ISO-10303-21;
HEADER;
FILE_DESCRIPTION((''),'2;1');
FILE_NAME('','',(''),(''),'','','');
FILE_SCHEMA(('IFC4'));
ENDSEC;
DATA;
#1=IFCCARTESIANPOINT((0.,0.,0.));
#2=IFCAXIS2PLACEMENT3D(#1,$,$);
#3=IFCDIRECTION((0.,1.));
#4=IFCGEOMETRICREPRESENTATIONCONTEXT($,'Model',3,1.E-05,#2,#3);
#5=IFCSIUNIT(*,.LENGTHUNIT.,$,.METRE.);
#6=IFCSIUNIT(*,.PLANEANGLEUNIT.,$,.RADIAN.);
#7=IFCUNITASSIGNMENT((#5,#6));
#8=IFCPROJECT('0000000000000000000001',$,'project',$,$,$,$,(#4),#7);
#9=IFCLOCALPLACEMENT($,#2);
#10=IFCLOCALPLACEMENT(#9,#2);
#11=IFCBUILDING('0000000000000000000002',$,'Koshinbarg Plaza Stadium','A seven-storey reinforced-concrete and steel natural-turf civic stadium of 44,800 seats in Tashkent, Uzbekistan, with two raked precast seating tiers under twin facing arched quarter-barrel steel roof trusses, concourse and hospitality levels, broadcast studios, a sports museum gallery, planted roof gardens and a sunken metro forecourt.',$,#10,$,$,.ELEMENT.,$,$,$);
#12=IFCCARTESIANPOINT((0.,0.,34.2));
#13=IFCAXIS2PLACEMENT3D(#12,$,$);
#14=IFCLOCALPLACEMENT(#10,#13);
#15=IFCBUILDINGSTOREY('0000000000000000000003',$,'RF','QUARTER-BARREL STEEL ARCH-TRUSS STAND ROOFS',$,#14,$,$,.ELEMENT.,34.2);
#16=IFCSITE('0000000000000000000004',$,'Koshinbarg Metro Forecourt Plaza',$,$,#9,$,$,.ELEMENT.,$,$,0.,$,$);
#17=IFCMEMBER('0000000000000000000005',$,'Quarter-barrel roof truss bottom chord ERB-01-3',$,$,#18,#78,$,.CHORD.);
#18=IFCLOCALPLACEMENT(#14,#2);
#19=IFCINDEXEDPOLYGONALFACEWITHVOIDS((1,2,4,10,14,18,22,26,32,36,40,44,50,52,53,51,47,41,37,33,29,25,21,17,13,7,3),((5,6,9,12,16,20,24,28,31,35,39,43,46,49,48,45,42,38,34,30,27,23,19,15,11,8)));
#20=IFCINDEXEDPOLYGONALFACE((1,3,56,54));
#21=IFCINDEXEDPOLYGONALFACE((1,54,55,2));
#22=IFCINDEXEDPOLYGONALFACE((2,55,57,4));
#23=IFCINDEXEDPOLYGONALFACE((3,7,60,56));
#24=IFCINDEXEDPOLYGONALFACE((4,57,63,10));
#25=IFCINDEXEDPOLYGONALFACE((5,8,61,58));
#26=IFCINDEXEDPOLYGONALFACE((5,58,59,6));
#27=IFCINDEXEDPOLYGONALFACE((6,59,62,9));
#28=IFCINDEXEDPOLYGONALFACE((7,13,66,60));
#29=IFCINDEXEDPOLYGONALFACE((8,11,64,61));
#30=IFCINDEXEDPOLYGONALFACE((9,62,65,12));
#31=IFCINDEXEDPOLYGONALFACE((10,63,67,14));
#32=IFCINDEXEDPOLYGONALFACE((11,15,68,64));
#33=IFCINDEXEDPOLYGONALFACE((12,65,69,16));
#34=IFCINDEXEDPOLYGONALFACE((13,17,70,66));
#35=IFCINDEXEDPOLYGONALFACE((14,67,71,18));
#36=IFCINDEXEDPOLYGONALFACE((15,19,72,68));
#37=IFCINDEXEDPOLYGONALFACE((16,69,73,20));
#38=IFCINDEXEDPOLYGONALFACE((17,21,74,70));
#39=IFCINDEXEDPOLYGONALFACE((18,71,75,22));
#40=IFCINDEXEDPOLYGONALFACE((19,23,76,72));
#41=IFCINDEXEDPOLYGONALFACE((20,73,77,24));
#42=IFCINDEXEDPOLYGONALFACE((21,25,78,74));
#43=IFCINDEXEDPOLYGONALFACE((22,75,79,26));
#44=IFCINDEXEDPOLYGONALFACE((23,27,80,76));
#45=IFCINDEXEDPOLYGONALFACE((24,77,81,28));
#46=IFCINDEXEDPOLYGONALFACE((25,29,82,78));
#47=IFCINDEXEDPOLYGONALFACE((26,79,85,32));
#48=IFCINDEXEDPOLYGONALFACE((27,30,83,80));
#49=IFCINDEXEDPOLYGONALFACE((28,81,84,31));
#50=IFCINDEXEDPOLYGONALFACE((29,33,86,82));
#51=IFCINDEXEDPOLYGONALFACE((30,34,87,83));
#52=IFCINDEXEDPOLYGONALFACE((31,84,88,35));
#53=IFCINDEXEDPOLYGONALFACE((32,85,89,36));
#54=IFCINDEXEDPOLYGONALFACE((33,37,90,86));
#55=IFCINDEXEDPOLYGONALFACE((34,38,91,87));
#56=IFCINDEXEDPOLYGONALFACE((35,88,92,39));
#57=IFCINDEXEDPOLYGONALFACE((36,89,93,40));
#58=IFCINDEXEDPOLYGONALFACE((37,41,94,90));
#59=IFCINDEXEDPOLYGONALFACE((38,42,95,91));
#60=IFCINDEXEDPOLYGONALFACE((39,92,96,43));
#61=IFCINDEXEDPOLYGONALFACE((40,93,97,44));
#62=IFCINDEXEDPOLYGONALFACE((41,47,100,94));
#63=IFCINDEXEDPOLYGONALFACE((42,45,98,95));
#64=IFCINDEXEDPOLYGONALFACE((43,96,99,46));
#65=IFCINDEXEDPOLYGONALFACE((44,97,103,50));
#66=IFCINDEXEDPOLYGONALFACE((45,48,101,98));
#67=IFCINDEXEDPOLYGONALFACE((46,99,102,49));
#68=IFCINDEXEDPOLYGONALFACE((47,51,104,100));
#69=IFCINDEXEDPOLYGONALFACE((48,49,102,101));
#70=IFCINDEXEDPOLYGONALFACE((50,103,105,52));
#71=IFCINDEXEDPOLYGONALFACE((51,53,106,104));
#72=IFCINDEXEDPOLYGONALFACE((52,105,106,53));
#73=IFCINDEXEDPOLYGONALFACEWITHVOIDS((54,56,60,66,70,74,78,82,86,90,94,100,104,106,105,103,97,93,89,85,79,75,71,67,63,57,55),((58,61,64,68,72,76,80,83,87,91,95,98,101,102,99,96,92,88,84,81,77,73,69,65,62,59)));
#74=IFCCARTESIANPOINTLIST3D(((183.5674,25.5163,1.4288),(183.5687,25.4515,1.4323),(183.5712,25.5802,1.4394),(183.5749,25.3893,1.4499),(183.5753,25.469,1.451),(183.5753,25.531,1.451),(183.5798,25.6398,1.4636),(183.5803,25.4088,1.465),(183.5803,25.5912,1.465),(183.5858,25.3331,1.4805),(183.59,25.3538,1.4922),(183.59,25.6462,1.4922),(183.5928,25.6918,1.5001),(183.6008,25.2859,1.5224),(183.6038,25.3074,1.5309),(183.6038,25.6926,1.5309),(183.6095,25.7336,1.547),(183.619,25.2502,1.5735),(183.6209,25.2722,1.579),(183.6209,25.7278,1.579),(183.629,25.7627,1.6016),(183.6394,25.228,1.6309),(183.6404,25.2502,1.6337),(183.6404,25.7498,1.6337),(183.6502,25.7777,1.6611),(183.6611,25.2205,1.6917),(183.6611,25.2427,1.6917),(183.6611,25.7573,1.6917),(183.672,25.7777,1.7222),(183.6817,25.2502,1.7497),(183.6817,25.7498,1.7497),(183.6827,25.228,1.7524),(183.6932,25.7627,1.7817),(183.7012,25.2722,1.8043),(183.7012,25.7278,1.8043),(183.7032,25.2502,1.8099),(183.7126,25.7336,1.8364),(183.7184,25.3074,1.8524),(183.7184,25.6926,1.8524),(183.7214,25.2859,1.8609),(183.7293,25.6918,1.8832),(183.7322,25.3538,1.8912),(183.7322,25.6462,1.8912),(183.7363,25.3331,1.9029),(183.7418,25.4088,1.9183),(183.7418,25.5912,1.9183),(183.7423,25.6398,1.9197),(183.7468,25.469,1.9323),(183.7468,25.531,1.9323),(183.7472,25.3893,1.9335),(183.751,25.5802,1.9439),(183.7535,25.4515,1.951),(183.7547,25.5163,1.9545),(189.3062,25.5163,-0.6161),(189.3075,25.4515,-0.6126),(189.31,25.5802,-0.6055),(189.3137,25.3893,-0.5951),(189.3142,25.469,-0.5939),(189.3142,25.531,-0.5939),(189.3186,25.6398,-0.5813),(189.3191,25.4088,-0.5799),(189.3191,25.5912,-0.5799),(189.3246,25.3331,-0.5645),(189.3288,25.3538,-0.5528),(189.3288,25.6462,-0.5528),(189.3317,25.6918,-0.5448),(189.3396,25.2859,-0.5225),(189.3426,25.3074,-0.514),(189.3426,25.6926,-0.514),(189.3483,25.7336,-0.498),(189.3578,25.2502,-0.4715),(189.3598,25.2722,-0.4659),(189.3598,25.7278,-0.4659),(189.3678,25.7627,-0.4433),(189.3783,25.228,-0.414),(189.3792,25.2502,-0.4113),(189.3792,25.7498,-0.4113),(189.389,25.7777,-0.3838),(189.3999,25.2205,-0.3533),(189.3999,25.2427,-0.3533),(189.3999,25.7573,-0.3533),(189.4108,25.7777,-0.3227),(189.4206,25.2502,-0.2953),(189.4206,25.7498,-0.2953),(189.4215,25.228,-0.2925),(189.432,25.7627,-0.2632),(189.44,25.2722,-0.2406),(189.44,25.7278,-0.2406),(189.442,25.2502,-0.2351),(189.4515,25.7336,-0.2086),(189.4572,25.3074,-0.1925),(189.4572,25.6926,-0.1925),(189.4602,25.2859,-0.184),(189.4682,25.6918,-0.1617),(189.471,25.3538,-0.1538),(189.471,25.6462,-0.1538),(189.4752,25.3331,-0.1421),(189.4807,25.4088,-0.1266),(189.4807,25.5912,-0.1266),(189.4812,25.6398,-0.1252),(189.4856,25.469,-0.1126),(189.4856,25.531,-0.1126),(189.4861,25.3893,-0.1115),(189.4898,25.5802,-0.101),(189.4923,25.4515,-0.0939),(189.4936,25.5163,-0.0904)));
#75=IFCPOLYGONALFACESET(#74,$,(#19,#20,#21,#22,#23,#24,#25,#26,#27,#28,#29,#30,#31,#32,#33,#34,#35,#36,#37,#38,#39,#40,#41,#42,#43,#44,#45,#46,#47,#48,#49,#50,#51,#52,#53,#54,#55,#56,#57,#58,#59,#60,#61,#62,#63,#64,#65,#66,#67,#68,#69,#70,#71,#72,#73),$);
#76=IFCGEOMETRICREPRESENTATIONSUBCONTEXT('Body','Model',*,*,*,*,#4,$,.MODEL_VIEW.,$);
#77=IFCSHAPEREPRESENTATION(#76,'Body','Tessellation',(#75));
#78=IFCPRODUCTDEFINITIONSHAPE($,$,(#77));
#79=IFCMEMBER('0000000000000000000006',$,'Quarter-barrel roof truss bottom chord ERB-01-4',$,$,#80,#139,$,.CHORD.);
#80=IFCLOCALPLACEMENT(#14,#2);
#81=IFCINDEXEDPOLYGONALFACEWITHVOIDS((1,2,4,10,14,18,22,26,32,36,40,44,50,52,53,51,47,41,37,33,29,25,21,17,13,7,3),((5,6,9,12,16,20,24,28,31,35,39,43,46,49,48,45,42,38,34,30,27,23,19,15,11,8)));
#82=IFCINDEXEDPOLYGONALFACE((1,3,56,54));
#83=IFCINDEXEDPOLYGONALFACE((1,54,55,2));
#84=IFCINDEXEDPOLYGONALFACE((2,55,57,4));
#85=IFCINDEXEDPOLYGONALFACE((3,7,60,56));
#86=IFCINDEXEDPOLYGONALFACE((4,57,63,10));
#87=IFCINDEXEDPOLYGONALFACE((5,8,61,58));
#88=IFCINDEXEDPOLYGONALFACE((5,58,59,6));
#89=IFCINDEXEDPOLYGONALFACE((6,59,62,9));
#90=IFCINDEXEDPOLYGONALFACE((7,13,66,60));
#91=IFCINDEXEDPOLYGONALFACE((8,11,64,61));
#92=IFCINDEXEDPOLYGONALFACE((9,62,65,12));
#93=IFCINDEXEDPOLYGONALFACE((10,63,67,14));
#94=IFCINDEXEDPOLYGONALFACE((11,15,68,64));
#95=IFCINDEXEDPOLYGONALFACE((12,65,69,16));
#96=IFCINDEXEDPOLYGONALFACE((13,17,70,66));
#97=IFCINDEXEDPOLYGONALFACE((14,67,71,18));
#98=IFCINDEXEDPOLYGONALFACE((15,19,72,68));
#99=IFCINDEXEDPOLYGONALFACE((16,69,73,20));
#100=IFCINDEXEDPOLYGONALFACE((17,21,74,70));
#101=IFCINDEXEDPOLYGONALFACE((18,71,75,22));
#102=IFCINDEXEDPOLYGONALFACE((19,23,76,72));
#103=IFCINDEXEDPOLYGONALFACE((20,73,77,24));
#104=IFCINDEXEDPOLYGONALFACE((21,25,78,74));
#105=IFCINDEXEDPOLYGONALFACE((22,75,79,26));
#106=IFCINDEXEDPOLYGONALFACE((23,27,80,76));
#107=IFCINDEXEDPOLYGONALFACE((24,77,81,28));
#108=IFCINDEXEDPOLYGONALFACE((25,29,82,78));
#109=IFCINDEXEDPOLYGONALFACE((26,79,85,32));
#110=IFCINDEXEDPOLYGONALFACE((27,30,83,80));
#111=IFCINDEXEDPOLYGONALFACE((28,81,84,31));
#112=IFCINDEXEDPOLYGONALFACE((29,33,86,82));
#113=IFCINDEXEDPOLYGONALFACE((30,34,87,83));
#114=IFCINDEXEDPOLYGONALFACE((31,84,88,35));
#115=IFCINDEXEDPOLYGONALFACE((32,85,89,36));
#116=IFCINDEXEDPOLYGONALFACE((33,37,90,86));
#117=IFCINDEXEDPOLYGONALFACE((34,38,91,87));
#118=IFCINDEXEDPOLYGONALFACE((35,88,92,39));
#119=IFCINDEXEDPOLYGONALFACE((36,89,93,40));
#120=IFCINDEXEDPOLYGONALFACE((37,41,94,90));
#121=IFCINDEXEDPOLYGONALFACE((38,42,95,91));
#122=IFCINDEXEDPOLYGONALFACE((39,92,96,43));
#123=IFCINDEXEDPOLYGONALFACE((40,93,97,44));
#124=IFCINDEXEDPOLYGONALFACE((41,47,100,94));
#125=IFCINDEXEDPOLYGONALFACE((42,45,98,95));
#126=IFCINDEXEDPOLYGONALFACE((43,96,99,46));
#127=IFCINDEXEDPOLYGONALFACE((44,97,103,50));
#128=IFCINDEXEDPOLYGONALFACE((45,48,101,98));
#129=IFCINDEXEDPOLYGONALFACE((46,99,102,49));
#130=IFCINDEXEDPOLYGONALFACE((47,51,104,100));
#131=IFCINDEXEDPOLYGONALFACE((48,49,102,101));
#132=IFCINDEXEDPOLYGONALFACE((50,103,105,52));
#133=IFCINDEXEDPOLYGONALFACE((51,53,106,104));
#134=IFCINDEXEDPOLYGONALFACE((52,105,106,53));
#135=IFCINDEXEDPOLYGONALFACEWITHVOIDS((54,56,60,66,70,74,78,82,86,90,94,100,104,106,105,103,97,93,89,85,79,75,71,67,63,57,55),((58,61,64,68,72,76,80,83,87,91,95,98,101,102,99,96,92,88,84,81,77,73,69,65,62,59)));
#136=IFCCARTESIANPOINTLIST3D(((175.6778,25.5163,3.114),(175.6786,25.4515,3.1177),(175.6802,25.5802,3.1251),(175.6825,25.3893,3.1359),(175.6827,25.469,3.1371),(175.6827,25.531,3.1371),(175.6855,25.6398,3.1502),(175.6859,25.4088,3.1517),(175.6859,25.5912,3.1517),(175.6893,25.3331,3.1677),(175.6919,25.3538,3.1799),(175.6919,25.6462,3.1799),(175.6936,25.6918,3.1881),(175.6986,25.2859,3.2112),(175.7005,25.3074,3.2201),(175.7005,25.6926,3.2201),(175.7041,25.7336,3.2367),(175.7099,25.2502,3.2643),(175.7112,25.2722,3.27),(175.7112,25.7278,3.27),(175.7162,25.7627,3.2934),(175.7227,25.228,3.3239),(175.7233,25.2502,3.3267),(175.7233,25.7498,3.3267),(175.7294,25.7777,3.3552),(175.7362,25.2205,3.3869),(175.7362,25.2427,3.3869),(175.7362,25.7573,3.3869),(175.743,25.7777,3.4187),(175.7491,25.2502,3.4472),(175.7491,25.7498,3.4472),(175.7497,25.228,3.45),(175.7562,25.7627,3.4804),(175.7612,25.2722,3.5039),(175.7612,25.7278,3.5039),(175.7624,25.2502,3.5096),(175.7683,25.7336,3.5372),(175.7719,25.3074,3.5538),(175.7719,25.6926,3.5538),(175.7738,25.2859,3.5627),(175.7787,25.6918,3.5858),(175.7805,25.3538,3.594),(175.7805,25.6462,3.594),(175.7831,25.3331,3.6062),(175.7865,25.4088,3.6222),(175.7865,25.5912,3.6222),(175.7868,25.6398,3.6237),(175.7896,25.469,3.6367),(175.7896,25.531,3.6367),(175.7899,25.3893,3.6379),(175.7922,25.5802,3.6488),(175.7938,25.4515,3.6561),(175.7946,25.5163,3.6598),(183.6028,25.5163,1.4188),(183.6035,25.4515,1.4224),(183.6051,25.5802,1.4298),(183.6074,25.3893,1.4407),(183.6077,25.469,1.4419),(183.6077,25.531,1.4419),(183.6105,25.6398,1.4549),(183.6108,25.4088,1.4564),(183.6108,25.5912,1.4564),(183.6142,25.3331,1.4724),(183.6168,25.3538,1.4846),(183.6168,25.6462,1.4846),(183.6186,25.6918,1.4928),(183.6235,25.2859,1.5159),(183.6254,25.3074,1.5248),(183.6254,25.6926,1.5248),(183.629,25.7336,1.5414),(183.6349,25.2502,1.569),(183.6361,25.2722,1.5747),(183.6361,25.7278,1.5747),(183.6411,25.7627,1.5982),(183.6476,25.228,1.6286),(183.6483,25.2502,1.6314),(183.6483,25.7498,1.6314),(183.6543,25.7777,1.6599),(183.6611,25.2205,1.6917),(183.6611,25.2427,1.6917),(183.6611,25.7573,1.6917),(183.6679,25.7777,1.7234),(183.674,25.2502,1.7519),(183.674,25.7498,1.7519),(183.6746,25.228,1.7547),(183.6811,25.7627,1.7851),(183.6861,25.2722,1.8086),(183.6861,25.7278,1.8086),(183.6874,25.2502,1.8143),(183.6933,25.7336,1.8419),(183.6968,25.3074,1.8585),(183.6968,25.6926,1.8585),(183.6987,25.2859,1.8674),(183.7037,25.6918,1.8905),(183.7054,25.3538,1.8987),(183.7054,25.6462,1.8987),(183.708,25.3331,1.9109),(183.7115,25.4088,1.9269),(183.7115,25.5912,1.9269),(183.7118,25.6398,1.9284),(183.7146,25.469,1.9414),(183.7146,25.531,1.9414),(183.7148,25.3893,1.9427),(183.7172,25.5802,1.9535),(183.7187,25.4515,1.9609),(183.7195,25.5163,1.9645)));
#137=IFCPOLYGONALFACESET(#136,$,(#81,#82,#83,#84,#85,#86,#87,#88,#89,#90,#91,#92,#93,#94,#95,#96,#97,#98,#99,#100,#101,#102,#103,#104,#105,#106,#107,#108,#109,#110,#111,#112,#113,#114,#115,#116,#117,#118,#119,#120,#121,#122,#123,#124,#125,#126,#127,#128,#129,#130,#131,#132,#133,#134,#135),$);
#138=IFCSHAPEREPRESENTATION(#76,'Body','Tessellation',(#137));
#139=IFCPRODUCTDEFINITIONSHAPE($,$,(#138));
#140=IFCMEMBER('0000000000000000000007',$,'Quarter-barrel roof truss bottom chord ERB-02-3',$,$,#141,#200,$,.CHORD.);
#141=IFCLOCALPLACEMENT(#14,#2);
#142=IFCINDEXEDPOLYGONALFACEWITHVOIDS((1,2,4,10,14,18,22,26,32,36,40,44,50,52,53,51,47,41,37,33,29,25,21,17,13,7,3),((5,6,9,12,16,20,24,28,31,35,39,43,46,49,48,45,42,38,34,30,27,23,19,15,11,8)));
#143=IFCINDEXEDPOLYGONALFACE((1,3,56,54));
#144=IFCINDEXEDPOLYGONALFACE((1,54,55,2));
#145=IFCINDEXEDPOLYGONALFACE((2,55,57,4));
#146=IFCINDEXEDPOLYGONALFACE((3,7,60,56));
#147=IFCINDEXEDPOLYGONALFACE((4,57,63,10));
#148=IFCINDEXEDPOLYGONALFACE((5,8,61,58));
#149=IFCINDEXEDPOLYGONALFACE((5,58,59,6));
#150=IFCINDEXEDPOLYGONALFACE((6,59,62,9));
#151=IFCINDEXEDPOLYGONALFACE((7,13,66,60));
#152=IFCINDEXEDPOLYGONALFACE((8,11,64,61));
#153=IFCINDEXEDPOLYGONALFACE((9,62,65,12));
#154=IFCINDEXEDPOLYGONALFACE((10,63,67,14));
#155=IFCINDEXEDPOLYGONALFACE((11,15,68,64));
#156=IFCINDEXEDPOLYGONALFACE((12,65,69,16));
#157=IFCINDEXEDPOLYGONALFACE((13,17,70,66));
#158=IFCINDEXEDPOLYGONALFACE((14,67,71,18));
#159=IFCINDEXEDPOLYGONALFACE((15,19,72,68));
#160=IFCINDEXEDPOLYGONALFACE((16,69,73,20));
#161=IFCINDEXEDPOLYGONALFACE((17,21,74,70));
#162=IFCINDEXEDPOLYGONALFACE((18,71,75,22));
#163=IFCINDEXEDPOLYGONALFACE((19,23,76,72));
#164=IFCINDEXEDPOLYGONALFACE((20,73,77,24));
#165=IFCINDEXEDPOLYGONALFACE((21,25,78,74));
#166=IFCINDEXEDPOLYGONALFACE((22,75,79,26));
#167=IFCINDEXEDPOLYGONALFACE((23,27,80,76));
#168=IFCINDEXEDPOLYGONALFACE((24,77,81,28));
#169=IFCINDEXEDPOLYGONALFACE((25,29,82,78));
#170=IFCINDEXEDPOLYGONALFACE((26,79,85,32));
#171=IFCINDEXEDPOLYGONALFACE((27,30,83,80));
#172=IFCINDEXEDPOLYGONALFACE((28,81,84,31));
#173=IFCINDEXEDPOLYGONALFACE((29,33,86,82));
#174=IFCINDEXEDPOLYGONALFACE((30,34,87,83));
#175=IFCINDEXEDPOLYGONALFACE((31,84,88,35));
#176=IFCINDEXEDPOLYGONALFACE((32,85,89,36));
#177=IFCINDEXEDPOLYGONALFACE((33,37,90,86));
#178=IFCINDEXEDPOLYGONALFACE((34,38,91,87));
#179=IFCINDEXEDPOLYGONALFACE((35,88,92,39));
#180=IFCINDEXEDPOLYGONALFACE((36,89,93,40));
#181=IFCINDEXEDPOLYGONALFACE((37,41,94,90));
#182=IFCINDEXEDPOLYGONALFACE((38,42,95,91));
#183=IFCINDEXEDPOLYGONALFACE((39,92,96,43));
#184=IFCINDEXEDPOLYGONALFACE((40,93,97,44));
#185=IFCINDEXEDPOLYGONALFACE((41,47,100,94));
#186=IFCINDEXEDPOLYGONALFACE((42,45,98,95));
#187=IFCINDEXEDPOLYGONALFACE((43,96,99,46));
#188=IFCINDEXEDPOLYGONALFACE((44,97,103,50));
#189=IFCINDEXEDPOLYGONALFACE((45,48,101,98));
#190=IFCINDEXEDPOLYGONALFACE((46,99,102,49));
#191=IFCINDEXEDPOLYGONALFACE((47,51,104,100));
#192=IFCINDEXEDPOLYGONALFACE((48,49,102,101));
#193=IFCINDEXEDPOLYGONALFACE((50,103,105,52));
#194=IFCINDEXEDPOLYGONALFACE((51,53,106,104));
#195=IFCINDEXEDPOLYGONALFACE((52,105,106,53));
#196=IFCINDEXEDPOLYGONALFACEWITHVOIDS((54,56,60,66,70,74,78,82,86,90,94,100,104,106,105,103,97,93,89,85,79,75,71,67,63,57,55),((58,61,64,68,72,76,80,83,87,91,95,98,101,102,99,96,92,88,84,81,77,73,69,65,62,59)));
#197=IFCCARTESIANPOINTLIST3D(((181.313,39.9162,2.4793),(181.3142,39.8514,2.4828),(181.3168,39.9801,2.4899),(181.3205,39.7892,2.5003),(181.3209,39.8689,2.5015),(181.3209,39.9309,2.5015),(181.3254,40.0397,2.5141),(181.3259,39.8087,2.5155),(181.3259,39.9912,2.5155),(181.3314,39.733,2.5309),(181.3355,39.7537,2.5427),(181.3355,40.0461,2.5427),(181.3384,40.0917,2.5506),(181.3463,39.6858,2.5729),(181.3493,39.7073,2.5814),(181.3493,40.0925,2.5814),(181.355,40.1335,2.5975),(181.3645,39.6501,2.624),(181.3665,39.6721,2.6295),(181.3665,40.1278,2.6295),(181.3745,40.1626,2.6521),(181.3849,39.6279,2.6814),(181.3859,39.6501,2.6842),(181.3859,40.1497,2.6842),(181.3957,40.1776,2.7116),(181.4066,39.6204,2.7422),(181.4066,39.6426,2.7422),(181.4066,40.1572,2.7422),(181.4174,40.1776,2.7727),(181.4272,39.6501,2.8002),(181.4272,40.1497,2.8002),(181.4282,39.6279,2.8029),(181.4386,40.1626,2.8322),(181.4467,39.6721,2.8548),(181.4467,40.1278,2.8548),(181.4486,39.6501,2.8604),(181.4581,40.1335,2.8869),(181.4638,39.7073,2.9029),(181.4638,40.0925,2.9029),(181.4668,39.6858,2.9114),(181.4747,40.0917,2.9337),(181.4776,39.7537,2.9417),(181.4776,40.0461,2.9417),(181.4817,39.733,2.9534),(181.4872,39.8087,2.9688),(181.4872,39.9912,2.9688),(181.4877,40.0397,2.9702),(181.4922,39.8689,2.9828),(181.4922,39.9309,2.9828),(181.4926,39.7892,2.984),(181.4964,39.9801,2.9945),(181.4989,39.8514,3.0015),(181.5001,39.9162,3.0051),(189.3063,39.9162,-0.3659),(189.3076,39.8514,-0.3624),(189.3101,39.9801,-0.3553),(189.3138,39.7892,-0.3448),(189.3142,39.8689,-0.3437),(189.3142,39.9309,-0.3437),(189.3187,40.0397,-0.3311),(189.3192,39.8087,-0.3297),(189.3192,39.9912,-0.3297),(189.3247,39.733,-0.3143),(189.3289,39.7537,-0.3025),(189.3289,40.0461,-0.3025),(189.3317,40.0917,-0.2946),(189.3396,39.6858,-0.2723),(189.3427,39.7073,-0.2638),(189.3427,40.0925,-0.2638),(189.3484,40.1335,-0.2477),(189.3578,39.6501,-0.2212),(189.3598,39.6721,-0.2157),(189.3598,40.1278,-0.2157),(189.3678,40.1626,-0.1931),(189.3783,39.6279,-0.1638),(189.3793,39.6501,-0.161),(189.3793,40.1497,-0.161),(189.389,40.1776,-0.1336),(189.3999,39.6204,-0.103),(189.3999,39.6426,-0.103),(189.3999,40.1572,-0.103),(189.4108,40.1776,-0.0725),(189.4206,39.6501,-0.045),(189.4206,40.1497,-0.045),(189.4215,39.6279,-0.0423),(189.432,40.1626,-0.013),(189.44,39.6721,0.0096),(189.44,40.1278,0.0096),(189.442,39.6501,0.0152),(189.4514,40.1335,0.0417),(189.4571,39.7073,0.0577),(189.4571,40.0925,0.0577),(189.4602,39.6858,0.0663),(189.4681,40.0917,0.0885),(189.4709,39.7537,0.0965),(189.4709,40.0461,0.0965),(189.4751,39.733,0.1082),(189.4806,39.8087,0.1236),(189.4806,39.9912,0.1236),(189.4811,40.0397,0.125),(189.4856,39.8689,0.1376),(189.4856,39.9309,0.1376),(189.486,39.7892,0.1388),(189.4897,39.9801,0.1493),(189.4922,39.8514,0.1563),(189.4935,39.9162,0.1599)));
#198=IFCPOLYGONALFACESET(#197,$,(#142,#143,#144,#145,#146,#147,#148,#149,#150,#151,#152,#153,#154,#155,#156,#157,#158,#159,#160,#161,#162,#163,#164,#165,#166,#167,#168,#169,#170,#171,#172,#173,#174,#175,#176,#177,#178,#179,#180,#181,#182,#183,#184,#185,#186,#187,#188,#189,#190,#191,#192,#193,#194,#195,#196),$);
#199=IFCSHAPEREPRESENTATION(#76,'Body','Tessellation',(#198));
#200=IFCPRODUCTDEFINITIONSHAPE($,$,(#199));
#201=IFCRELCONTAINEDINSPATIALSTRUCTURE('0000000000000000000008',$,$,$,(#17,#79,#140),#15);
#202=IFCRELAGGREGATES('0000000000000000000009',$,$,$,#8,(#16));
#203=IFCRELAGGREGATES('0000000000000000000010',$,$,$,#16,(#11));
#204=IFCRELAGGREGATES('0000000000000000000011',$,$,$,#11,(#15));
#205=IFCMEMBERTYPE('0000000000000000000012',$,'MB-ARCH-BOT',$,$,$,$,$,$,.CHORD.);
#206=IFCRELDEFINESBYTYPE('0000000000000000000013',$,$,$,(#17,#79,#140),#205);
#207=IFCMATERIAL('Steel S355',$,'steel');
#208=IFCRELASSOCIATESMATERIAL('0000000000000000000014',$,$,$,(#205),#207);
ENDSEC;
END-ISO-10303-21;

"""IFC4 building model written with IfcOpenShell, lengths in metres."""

from ifc_helpers import new_model, si_unit, direction, frame, origin, origin_2d, place, context, subcontext, project, spatial, hollow_circle, extrude, material, material_profile, profile_set, type_object, element, save


model = new_model("IFC4")

# Units and contexts
model_context = context("Model", 3, precision=1e-05, world=origin(), true_north=direction((0.0, 1.0)))
body_context = subcontext(model_context, "Body", "Model", "MODEL_VIEW")
ifc_project = project(units=[si_unit("LENGTHUNIT", "METRE"), si_unit("PLANEANGLEUNIT", "RADIAN")], contexts=[model_context])

# Site, building, storey
site_placement = place(None, origin())
site = spatial("IfcSite", under=ifc_project, at=site_placement, Name="Koshinbarg Metro Forecourt Plaza", CompositionType="ELEMENT", RefElevation=0.0)
building_placement = place(site_placement, origin())
building = spatial("IfcBuilding", under=site, at=building_placement, Name="Koshinbarg Plaza Stadium", Description="A seven-storey reinforced-concrete and steel natural-turf civic stadium of 44,800 seats in Tashkent, Uzbekistan, with two raked precast seating tiers under twin facing arched quarter-barrel steel roof trusses, concourse and hospitality levels, broadcast studios, a sports museum gallery, planted roof gardens and a sunken metro forecourt.", CompositionType="ELEMENT")
storey_placement = place(building_placement, frame((0.0, 0.0, 34.2)))
storey = spatial("IfcBuildingStorey", under=building, at=storey_placement, Name="RF", Description="QUARTER-BARREL STEEL ARCH-TRUSS STAND ROOFS", CompositionType="ELEMENT", Elevation=34.2)

# Members
ifc_material_1 = material(Name="Steel S355", Category="steel")
ifc_material_profile_1 = material_profile(ifc_material_1, hollow_circle(Radius=0.2795, WallThickness=0.0222, at=origin_2d()), Name="CHS 559x22.2")
ifc_profile_set_1 = profile_set([ifc_material_profile_1], Name="Steel S355")
member_type_1 = type_object("IfcMemberType", Name="MB-ARCH-BOT", PredefinedType="CHORD", material=ifc_profile_set_1)
member_1_placement = place(storey_placement, frame((189.3999, 25.5, -0.3533), z_axis=(-0.941983, 0.0, 0.335661), x_axis=(0.0, -1.0, 0.0)))
element("IfcMember", 1, at=member_1_placement, inside=storey, type_object=member_type_1, Name="Quarter-barrel roof truss bottom chord ERB-01-3", PredefinedType="CHORD", context=body_context, shape_type="SweptSolid", body=[
    extrude(hollow_circle(Radius=0.2795, WallThickness=0.0222, at=origin_2d()), origin(), (0.0, 0.0, 1.0), 6.0923),
])
member_2_placement = place(storey_placement, frame((183.6611, 25.5, 1.6917), z_axis=(-0.977876, 0.0, 0.209186), x_axis=(0.0, -1.0, 0.0)))
element("IfcMember", 2, at=member_2_placement, inside=storey, type_object=member_type_1, Name="Quarter-barrel roof truss bottom chord ERB-01-4", PredefinedType="CHORD", context=body_context, shape_type="SweptSolid", body=[
    extrude(hollow_circle(Radius=0.2795, WallThickness=0.0222, at=origin_2d()), origin(), (0.0, 0.0, 1.0), 8.1042),
])
member_3_placement = place(storey_placement, frame((189.3999, 39.8999, -0.103), z_axis=(-0.942099, 0.0, 0.335335), x_axis=(0.0, -1.0, 0.0)))
element("IfcMember", 3, at=member_3_placement, inside=storey, type_object=member_type_1, Name="Quarter-barrel roof truss bottom chord ERB-02-3", PredefinedType="CHORD", context=body_context, shape_type="SweptSolid", body=[
    extrude(hollow_circle(Radius=0.2795, WallThickness=0.0222, at=origin_2d()), origin(), (0.0, 0.0, 1.0), 8.4846),
])

save(model, "model.ifc")
